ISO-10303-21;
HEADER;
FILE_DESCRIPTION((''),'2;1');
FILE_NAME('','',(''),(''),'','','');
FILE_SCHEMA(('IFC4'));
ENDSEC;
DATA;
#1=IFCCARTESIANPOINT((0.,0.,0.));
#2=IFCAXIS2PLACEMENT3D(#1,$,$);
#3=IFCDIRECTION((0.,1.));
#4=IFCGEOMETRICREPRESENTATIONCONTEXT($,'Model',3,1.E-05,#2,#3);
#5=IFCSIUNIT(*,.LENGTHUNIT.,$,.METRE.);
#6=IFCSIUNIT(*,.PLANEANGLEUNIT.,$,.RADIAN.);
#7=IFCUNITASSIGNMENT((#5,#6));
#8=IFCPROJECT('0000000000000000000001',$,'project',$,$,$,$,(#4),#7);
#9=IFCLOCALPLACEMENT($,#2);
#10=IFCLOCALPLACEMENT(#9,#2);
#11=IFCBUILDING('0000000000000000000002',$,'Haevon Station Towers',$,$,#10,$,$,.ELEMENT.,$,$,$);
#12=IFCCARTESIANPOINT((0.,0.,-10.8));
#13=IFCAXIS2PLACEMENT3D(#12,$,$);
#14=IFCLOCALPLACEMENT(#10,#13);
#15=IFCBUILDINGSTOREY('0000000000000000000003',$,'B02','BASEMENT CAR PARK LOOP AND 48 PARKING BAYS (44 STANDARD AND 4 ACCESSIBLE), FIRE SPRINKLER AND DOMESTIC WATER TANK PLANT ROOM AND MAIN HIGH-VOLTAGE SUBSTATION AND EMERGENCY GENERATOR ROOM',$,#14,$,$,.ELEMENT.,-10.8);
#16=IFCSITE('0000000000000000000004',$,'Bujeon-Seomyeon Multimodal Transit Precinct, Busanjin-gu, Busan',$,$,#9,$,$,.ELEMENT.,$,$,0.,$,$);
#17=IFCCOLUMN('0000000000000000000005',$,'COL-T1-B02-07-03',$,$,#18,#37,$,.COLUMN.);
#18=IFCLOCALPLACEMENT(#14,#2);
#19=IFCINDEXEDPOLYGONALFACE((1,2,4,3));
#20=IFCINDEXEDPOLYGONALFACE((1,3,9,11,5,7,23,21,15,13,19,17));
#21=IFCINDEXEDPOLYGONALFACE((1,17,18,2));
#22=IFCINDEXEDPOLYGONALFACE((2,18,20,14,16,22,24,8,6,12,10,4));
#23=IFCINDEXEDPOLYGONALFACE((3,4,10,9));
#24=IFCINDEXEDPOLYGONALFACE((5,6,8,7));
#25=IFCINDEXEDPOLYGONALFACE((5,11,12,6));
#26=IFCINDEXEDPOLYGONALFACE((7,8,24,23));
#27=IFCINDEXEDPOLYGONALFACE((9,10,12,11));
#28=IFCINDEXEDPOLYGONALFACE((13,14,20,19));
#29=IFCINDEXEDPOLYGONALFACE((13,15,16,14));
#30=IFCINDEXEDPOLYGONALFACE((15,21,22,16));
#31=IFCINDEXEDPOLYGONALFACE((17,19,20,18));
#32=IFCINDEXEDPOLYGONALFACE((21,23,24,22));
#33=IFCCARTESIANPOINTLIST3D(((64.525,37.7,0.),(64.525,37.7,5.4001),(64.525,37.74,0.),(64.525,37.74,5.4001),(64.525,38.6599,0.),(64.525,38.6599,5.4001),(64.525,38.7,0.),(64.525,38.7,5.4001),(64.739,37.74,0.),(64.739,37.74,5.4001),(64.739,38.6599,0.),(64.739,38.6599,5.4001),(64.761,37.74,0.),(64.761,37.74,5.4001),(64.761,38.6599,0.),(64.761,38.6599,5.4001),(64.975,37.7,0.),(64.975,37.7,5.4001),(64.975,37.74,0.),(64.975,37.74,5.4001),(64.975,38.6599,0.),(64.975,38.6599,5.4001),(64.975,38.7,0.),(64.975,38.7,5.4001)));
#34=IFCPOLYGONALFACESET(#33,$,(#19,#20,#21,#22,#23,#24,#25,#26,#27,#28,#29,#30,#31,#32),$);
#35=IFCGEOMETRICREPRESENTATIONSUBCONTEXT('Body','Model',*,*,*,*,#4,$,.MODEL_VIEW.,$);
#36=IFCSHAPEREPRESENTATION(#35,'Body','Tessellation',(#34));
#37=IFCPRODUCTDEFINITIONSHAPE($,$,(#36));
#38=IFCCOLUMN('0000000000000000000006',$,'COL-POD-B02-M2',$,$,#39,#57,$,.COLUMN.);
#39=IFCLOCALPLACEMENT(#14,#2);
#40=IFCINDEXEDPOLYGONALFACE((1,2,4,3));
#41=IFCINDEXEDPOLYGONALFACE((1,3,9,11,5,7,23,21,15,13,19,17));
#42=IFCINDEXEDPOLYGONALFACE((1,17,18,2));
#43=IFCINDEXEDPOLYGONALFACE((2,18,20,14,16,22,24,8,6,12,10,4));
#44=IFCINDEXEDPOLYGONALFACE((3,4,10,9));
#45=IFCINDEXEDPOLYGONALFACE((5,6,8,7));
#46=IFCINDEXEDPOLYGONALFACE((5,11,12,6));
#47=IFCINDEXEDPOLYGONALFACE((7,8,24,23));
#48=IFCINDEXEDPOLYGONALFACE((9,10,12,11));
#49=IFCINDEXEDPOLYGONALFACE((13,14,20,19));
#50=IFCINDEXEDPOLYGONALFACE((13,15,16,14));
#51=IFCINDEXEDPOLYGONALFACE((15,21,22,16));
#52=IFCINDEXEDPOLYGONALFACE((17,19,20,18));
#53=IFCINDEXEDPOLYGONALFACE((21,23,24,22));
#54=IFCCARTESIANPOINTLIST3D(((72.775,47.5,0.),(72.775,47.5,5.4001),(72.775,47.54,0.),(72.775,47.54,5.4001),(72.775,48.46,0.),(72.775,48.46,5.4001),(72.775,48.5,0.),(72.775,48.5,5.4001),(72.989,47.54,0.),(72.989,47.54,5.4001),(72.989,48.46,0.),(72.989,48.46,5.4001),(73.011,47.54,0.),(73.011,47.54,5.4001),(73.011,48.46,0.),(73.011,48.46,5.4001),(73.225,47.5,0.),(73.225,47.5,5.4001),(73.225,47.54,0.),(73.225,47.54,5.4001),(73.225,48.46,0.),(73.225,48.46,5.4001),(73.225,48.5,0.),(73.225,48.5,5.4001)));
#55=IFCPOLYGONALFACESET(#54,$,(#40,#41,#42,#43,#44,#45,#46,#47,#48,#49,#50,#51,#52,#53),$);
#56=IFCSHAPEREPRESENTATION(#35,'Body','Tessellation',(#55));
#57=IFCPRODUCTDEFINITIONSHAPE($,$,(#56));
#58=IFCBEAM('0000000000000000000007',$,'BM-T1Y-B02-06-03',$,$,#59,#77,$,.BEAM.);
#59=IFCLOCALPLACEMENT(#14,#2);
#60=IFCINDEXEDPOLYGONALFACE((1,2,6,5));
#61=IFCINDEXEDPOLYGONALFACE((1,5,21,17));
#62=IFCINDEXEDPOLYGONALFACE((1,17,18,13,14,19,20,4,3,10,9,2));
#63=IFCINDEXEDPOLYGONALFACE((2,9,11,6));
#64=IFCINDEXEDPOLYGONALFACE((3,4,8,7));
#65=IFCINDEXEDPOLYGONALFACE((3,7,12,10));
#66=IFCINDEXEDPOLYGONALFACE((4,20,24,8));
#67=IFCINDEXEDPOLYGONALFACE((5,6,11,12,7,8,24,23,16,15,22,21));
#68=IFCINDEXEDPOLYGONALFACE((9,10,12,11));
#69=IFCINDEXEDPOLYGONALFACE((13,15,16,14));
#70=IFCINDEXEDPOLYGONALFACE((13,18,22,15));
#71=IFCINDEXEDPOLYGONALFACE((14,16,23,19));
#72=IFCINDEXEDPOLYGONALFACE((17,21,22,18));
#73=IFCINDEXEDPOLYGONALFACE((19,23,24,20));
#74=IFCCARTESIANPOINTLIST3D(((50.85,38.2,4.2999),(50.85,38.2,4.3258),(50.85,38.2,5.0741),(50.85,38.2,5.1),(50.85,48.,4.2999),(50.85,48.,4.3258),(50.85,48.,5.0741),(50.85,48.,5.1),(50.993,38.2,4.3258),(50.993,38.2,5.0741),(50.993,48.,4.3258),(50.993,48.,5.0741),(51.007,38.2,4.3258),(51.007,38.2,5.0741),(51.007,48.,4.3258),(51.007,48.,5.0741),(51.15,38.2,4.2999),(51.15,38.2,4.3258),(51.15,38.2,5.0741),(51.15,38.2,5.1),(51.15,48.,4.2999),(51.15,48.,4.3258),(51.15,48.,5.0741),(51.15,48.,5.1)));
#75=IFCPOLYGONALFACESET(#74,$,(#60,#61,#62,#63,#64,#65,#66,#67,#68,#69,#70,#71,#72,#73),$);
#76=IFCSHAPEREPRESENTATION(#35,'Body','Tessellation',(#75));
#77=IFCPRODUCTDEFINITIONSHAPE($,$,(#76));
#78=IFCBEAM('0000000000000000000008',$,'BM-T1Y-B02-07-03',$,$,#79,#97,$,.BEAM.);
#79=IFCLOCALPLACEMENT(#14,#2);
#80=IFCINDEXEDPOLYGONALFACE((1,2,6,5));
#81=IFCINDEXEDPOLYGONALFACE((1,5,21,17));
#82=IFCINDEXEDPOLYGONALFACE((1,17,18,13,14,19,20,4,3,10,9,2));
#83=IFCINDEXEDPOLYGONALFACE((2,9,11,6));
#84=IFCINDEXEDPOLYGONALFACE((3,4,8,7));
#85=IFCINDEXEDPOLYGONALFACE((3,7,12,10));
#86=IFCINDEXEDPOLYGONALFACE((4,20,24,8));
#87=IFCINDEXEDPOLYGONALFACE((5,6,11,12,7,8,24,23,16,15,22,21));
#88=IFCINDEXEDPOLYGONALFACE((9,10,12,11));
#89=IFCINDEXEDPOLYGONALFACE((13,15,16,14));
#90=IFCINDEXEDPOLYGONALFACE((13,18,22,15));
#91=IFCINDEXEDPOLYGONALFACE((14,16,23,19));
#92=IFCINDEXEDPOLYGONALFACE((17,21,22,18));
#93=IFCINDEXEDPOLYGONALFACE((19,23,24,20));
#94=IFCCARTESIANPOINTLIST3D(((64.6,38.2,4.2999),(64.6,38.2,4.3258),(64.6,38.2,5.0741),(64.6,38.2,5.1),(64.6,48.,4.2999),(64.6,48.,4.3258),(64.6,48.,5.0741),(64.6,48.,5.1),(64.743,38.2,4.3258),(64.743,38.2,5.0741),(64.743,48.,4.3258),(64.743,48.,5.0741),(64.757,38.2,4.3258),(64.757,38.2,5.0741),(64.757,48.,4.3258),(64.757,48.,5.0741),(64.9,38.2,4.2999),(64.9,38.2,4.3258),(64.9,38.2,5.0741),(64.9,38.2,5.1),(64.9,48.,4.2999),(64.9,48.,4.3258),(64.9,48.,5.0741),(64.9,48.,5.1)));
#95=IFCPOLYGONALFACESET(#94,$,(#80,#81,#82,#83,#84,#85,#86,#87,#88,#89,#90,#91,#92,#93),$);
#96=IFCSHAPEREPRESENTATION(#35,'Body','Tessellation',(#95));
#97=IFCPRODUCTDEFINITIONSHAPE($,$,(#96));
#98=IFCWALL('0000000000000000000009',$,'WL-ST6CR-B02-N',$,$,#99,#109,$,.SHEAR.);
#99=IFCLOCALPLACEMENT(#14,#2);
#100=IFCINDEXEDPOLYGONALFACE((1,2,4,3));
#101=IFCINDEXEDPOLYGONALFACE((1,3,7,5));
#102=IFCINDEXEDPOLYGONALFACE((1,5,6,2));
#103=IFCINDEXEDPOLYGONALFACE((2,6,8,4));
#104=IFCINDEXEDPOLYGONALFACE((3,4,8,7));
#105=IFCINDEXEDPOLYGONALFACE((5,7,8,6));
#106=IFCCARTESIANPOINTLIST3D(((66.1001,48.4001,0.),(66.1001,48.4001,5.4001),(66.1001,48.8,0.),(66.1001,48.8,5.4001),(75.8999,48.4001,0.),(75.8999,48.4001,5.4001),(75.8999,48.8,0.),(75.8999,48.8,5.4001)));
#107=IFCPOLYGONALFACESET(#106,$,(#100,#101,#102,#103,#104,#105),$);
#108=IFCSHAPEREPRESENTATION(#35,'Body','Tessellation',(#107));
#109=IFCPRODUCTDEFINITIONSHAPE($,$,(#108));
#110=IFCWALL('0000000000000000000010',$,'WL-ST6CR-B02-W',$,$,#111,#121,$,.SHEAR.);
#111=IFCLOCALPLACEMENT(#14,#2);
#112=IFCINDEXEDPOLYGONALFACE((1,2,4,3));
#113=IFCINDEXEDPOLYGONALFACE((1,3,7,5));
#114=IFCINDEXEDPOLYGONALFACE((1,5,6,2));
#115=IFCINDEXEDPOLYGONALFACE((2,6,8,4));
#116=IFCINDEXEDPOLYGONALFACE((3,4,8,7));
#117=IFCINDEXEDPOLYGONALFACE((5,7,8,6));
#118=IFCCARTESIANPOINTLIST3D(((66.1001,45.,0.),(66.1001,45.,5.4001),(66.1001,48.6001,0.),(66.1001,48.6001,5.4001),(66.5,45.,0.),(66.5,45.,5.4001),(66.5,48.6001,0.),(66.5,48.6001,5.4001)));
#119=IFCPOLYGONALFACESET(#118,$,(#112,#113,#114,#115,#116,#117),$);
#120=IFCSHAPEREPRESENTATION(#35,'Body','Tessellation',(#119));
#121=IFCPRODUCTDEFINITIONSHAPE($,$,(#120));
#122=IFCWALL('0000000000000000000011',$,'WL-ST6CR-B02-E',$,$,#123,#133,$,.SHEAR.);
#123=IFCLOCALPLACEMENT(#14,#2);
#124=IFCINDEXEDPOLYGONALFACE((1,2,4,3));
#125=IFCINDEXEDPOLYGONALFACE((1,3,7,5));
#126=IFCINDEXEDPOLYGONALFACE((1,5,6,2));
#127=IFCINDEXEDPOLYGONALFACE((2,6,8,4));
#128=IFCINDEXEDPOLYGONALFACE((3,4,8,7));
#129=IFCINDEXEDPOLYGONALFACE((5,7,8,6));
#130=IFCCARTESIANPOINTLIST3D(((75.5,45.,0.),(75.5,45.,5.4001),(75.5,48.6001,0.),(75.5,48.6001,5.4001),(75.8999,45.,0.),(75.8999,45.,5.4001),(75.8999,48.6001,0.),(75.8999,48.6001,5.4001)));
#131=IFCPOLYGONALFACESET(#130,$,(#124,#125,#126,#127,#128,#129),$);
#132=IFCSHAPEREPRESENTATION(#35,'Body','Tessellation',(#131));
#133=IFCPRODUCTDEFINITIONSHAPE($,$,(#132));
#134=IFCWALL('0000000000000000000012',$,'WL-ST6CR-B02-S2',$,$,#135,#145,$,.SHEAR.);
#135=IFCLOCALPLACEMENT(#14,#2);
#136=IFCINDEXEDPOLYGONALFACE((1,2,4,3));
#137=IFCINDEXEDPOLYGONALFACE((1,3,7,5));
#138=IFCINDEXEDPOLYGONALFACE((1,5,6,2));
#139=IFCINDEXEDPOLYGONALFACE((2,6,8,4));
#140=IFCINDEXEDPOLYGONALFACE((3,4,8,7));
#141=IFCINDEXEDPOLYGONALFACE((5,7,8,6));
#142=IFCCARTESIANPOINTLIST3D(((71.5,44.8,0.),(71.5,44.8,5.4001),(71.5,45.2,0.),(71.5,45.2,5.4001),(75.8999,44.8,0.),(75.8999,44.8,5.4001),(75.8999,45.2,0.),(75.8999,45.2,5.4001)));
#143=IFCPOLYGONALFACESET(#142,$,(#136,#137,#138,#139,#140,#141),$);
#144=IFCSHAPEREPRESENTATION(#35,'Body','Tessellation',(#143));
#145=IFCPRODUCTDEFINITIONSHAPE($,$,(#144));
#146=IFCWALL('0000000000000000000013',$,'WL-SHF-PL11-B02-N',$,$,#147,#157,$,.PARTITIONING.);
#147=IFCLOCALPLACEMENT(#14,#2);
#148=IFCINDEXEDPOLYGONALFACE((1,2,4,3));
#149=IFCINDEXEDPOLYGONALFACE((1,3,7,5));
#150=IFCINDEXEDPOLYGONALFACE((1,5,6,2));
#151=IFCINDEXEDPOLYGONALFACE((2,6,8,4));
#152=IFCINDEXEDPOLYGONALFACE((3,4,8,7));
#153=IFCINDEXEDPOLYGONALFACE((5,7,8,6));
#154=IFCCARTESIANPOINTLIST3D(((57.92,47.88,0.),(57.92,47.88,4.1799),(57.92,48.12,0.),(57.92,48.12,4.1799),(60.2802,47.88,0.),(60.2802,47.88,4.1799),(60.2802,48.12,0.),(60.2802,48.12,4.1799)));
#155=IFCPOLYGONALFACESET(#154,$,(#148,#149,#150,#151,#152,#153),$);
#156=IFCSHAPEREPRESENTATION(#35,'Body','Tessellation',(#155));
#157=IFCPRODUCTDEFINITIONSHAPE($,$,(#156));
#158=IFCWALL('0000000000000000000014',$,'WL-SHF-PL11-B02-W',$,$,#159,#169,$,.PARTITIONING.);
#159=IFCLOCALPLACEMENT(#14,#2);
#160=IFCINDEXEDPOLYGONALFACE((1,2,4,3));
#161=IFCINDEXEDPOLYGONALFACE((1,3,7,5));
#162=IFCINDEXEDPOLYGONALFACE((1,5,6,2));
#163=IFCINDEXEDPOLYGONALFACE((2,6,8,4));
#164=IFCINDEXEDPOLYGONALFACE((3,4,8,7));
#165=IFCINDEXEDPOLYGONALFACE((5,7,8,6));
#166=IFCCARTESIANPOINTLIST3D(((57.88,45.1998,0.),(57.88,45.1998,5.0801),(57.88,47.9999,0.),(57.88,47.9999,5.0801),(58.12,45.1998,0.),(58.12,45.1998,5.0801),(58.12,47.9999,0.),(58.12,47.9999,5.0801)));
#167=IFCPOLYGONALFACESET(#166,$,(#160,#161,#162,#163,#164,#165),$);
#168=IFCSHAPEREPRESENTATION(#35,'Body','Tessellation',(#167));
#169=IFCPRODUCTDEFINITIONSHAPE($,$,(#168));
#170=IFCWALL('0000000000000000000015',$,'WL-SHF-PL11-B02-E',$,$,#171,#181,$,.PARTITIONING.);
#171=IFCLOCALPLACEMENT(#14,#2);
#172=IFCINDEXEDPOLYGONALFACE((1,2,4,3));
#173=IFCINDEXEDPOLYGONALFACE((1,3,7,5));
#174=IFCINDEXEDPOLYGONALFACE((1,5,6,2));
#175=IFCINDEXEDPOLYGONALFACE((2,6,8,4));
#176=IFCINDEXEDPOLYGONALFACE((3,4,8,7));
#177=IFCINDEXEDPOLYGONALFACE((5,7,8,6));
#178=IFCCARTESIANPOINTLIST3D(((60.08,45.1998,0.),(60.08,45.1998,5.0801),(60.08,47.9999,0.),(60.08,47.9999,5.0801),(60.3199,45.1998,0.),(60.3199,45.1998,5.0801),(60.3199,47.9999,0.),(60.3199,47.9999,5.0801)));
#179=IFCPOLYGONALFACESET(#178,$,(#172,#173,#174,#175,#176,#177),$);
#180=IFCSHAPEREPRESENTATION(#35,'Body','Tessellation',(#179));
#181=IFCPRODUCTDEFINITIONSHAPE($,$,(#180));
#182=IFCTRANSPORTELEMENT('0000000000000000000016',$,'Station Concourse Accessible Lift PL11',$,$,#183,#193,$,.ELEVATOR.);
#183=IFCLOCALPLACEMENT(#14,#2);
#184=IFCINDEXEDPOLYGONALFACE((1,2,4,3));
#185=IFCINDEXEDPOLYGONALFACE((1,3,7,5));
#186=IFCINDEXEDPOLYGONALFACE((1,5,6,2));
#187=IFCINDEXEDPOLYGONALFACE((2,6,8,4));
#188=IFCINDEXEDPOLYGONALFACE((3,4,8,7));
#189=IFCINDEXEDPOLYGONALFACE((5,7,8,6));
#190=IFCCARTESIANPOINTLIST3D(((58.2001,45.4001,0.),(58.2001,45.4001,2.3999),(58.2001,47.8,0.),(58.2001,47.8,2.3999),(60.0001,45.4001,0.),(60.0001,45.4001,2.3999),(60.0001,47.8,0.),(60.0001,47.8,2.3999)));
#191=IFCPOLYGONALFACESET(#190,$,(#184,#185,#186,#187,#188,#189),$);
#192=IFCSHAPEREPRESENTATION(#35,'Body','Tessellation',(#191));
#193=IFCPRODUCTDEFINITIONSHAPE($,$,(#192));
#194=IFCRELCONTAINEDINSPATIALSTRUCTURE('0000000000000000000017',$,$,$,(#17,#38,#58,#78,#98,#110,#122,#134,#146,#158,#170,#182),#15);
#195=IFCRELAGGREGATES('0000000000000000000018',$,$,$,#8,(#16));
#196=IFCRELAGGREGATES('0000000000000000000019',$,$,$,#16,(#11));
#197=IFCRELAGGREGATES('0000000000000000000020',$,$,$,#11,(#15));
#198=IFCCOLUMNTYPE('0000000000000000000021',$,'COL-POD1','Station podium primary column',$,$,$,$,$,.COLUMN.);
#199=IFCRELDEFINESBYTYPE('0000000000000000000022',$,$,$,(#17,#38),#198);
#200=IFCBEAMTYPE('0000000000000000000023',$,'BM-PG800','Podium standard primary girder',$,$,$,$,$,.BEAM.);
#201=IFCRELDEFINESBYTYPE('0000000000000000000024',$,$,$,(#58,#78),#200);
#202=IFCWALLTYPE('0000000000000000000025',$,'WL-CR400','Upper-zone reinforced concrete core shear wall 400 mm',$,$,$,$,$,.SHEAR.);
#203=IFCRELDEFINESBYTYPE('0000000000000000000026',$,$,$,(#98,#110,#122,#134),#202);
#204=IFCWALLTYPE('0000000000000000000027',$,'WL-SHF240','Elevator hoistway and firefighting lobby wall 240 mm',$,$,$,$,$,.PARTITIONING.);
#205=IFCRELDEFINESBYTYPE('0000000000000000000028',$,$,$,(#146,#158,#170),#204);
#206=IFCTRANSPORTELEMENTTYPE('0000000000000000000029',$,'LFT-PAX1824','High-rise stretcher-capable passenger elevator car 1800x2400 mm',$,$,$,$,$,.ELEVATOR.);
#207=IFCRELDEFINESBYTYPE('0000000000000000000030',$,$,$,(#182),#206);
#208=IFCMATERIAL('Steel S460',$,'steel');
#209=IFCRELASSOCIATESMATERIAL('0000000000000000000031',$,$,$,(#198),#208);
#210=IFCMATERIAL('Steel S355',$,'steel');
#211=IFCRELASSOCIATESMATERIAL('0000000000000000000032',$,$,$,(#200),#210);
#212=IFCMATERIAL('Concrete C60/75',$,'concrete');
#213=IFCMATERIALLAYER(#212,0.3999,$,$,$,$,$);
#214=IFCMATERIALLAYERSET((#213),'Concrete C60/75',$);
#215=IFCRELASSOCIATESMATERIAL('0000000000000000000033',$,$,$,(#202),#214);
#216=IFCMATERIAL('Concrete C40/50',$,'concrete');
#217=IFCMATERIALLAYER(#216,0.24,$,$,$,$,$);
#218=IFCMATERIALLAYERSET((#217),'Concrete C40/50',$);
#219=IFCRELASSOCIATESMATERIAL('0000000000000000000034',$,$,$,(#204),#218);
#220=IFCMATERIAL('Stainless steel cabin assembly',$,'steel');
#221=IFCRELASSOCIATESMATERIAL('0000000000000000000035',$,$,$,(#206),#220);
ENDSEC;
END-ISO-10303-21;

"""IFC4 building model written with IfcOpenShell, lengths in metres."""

from ifc_helpers import new_model, si_unit, direction, frame, frame_2d, origin, origin_2d, place, context, subcontext, project, spatial, rectangle, i_section, extrude, material, layer, layer_set, material_profile, profile_set, type_object, element, save


model = new_model("IFC4")

# Units and contexts
model_context = context("Model", 3, precision=1e-05, world=origin(), true_north=direction((0.0, 1.0)))
body_context = subcontext(model_context, "Body", "Model", "MODEL_VIEW")
ifc_project = project(units=[si_unit("LENGTHUNIT", "METRE"), si_unit("PLANEANGLEUNIT", "RADIAN")], contexts=[model_context])

# Site, building, storey
site_placement = place(None, origin())
site = spatial("IfcSite", under=ifc_project, at=site_placement, Name="Bujeon-Seomyeon Multimodal Transit Precinct, Busanjin-gu, Busan", CompositionType="ELEMENT", RefElevation=0.0)
building_placement = place(site_placement, origin())
building = spatial("IfcBuilding", under=site, at=building_placement, Name="Haevon Station Towers", CompositionType="ELEMENT")
storey_placement = place(building_placement, frame((0.0, 0.0, -10.8)))
storey = spatial("IfcBuildingStorey", under=building, at=storey_placement, Name="B02", Description="BASEMENT CAR PARK LOOP AND 48 PARKING BAYS (44 STANDARD AND 4 ACCESSIBLE), FIRE SPRINKLER AND DOMESTIC WATER TANK PLANT ROOM AND MAIN HIGH-VOLTAGE SUBSTATION AND EMERGENCY GENERATOR ROOM", CompositionType="ELEMENT", Elevation=-10.8)

# Columns
ifc_material_1 = material(Name="Steel S460", Category="steel")
ifc_material_profile_1 = material_profile(ifc_material_1, i_section(OverallWidth=0.45, OverallDepth=1.0, WebThickness=0.022, FlangeThickness=0.04, at=origin_2d()), Name="H-1000x450x22x40")
ifc_profile_set_1 = profile_set([ifc_material_profile_1], Name="Steel S460")
column_type_1 = type_object("IfcColumnType", Name="COL-POD1", Description="Station podium primary column", PredefinedType="COLUMN", material=ifc_profile_set_1)
for number, where, z_axis, x_axis, name in (
    (1, (64.75, 38.2, 0.0), (0.0, 0.0, 1.0), (1.0, 0.0, 0.0), "COL-T1-B02-07-03"),
    (2, (73.0, 48.0, 0.0), (0.0, 0.0, 1.0), (1.0, 0.0, 0.0), "COL-POD-B02-M2"),
):
    element("IfcColumn", number, at=place(storey_placement, frame(where, z_axis=z_axis, x_axis=x_axis)), inside=storey, type_object=column_type_1, Name=name, PredefinedType="COLUMN", context=body_context, shape_type="SweptSolid", body=[
        extrude(i_section(OverallWidth=0.45, OverallDepth=1.0, WebThickness=0.022, FlangeThickness=0.04, at=origin_2d()), origin(), (0.0, 0.0, 1.0), 5.4001),
    ])

# Beams
ifc_material_2 = material(Name="Steel S355", Category="steel")
ifc_material_profile_2 = material_profile(ifc_material_2, i_section(OverallWidth=0.3, OverallDepth=0.8, WebThickness=0.0139, FlangeThickness=0.0259, at=origin_2d()), Name="H-800x300x14x26")
ifc_profile_set_2 = profile_set([ifc_material_profile_2], Name="Steel S355")
beam_type = type_object("IfcBeamType", Name="BM-PG800", Description="Podium standard primary girder", PredefinedType="BEAM", material=ifc_profile_set_2)
for number, where, z_axis, x_axis, name in (
    (3, (51.0, 38.2, 4.7), (0.0, 1.0, 0.0), (-1.0, 0.0, 0.0), "BM-T1Y-B02-06-03"),
    (4, (64.75, 38.2, 4.7), (0.0, 1.0, 0.0), (-1.0, 0.0, 0.0), "BM-T1Y-B02-07-03"),
):
    element("IfcBeam", number, at=place(storey_placement, frame(where, z_axis=z_axis, x_axis=x_axis)), inside=storey, type_object=beam_type, Name=name, PredefinedType="BEAM", context=body_context, shape_type="SweptSolid", body=[
        extrude(i_section(OverallWidth=0.3, OverallDepth=0.8, WebThickness=0.0139, FlangeThickness=0.0259, at=origin_2d()), origin(), (0.0, 0.0, 1.0), 9.8),
    ])

# Walls
ifc_material_3 = material(Name="Concrete C60/75", Category="concrete")
ifc_layer_1 = layer(ifc_material_3, 0.3999)
ifc_layer_set_1 = layer_set([ifc_layer_1], Name="Concrete C60/75")
wall_type_1 = type_object("IfcWallType", Name="WL-CR400", Description="Upper-zone reinforced concrete core shear wall 400 mm", PredefinedType="SHEAR", material=ifc_layer_set_1)
wall_1_placement = place(storey_placement, frame((66.1001, 48.6001, 0.0), z_axis=(0.0, 0.0, 1.0), x_axis=(1.0, 0.0, 0.0)))
element("IfcWall", 5, at=wall_1_placement, inside=storey, type_object=wall_type_1, Name="WL-ST6CR-B02-N", PredefinedType="SHEAR", context=body_context, shape_type="SweptSolid", body=[
    extrude(rectangle(XDim=9.7998, YDim=0.3999, at=frame_2d((4.8999, 0.0))), origin(), (0.0, 0.0, 1.0), 5.4001),
])
for number, where, z_axis, x_axis, name in (
    (6, (66.3, 45.0, 0.0), (0.0, 0.0, 1.0), (0.0, 1.0, 0.0), "WL-ST6CR-B02-W"),
    (7, (75.7, 45.0, 0.0), (0.0, 0.0, 1.0), (0.0, 1.0, 0.0), "WL-ST6CR-B02-E"),
):
    element("IfcWall", number, at=place(storey_placement, frame(where, z_axis=z_axis, x_axis=x_axis)), inside=storey, type_object=wall_type_1, Name=name, PredefinedType="SHEAR", context=body_context, shape_type="SweptSolid", body=[
        extrude(rectangle(XDim=3.6001, YDim=0.3999, at=frame_2d((1.8, 0.0))), origin(), (0.0, 0.0, 1.0), 5.4001),
    ])
wall_2_placement = place(storey_placement, frame((71.5, 45.0, 0.0), z_axis=(0.0, 0.0, 1.0), x_axis=(1.0, 0.0, 0.0)))
element("IfcWall", 8, at=wall_2_placement, inside=storey, type_object=wall_type_1, Name="WL-ST6CR-B02-S2", PredefinedType="SHEAR", context=body_context, shape_type="SweptSolid", body=[
    extrude(rectangle(XDim=4.3999, YDim=0.3999, at=frame_2d((2.2, 0.0))), origin(), (0.0, 0.0, 1.0), 5.4001),
])

# Shared definitions
ifc_material_4 = material(Name="Concrete C40/50", Category="concrete")
ifc_layer_2 = layer(ifc_material_4, 0.24)
ifc_layer_set_2 = layer_set([ifc_layer_2], Name="Concrete C40/50")
wall_type_2 = type_object("IfcWallType", Name="WL-SHF240", Description="Elevator hoistway and firefighting lobby wall 240 mm", PredefinedType="PARTITIONING", material=ifc_layer_set_2)

# Walls
wall_3_placement = place(storey_placement, frame((57.9199, 48.0, 0.0), z_axis=(0.0, 0.0, 1.0), x_axis=(1.0, 0.0, 0.0)))
element("IfcWall", 9, at=wall_3_placement, inside=storey, type_object=wall_type_2, Name="WL-SHF-PL11-B02-N", PredefinedType="PARTITIONING", context=body_context, shape_type="SweptSolid", body=[
    extrude(rectangle(XDim=2.3601, YDim=0.24, at=frame_2d((1.1802, 0.0))), origin(), (0.0, 0.0, 1.0), 4.1799),
])
for number, where, z_axis, x_axis, name in (
    (10, (58.0, 45.2, 0.0), (0.0, 0.0, 1.0), (0.0, 1.0, 0.0), "WL-SHF-PL11-B02-W"),
    (11, (60.2, 45.2, 0.0), (0.0, 0.0, 1.0), (0.0, 1.0, 0.0), "WL-SHF-PL11-B02-E"),
):
    element("IfcWall", number, at=place(storey_placement, frame(where, z_axis=z_axis, x_axis=x_axis)), inside=storey, type_object=wall_type_2, Name=name, PredefinedType="PARTITIONING", context=body_context, shape_type="SweptSolid", body=[
        extrude(rectangle(XDim=2.8, YDim=0.24, at=frame_2d((1.3999, 0.0))), origin(), (0.0, 0.0, 1.0), 5.0801),
    ])

# Transport element
ifc_material_5 = material(Name="Stainless steel cabin assembly", Category="steel")
transport_element_type = type_object("IfcTransportElementType", Name="LFT-PAX1824", Description="High-rise stretcher-capable passenger elevator car 1800x2400 mm", PredefinedType="ELEVATOR", material=ifc_material_5)
transport_element_placement = place(storey_placement, frame((59.1001, 46.6001, 0.0), z_axis=(0.0, 0.0, 1.0), x_axis=(1.0, 0.0, 0.0)))
element("IfcTransportElement", 12, at=transport_element_placement, inside=storey, type_object=transport_element_type, Name="Station Concourse Accessible Lift PL11", PredefinedType="ELEVATOR", context=body_context, shape_type="SweptSolid", body=[
    extrude(rectangle(XDim=1.8, YDim=2.3999, at=origin_2d()), origin(), (0.0, 0.0, 1.0), 2.3999),
])

save(model, "model.ifc")
